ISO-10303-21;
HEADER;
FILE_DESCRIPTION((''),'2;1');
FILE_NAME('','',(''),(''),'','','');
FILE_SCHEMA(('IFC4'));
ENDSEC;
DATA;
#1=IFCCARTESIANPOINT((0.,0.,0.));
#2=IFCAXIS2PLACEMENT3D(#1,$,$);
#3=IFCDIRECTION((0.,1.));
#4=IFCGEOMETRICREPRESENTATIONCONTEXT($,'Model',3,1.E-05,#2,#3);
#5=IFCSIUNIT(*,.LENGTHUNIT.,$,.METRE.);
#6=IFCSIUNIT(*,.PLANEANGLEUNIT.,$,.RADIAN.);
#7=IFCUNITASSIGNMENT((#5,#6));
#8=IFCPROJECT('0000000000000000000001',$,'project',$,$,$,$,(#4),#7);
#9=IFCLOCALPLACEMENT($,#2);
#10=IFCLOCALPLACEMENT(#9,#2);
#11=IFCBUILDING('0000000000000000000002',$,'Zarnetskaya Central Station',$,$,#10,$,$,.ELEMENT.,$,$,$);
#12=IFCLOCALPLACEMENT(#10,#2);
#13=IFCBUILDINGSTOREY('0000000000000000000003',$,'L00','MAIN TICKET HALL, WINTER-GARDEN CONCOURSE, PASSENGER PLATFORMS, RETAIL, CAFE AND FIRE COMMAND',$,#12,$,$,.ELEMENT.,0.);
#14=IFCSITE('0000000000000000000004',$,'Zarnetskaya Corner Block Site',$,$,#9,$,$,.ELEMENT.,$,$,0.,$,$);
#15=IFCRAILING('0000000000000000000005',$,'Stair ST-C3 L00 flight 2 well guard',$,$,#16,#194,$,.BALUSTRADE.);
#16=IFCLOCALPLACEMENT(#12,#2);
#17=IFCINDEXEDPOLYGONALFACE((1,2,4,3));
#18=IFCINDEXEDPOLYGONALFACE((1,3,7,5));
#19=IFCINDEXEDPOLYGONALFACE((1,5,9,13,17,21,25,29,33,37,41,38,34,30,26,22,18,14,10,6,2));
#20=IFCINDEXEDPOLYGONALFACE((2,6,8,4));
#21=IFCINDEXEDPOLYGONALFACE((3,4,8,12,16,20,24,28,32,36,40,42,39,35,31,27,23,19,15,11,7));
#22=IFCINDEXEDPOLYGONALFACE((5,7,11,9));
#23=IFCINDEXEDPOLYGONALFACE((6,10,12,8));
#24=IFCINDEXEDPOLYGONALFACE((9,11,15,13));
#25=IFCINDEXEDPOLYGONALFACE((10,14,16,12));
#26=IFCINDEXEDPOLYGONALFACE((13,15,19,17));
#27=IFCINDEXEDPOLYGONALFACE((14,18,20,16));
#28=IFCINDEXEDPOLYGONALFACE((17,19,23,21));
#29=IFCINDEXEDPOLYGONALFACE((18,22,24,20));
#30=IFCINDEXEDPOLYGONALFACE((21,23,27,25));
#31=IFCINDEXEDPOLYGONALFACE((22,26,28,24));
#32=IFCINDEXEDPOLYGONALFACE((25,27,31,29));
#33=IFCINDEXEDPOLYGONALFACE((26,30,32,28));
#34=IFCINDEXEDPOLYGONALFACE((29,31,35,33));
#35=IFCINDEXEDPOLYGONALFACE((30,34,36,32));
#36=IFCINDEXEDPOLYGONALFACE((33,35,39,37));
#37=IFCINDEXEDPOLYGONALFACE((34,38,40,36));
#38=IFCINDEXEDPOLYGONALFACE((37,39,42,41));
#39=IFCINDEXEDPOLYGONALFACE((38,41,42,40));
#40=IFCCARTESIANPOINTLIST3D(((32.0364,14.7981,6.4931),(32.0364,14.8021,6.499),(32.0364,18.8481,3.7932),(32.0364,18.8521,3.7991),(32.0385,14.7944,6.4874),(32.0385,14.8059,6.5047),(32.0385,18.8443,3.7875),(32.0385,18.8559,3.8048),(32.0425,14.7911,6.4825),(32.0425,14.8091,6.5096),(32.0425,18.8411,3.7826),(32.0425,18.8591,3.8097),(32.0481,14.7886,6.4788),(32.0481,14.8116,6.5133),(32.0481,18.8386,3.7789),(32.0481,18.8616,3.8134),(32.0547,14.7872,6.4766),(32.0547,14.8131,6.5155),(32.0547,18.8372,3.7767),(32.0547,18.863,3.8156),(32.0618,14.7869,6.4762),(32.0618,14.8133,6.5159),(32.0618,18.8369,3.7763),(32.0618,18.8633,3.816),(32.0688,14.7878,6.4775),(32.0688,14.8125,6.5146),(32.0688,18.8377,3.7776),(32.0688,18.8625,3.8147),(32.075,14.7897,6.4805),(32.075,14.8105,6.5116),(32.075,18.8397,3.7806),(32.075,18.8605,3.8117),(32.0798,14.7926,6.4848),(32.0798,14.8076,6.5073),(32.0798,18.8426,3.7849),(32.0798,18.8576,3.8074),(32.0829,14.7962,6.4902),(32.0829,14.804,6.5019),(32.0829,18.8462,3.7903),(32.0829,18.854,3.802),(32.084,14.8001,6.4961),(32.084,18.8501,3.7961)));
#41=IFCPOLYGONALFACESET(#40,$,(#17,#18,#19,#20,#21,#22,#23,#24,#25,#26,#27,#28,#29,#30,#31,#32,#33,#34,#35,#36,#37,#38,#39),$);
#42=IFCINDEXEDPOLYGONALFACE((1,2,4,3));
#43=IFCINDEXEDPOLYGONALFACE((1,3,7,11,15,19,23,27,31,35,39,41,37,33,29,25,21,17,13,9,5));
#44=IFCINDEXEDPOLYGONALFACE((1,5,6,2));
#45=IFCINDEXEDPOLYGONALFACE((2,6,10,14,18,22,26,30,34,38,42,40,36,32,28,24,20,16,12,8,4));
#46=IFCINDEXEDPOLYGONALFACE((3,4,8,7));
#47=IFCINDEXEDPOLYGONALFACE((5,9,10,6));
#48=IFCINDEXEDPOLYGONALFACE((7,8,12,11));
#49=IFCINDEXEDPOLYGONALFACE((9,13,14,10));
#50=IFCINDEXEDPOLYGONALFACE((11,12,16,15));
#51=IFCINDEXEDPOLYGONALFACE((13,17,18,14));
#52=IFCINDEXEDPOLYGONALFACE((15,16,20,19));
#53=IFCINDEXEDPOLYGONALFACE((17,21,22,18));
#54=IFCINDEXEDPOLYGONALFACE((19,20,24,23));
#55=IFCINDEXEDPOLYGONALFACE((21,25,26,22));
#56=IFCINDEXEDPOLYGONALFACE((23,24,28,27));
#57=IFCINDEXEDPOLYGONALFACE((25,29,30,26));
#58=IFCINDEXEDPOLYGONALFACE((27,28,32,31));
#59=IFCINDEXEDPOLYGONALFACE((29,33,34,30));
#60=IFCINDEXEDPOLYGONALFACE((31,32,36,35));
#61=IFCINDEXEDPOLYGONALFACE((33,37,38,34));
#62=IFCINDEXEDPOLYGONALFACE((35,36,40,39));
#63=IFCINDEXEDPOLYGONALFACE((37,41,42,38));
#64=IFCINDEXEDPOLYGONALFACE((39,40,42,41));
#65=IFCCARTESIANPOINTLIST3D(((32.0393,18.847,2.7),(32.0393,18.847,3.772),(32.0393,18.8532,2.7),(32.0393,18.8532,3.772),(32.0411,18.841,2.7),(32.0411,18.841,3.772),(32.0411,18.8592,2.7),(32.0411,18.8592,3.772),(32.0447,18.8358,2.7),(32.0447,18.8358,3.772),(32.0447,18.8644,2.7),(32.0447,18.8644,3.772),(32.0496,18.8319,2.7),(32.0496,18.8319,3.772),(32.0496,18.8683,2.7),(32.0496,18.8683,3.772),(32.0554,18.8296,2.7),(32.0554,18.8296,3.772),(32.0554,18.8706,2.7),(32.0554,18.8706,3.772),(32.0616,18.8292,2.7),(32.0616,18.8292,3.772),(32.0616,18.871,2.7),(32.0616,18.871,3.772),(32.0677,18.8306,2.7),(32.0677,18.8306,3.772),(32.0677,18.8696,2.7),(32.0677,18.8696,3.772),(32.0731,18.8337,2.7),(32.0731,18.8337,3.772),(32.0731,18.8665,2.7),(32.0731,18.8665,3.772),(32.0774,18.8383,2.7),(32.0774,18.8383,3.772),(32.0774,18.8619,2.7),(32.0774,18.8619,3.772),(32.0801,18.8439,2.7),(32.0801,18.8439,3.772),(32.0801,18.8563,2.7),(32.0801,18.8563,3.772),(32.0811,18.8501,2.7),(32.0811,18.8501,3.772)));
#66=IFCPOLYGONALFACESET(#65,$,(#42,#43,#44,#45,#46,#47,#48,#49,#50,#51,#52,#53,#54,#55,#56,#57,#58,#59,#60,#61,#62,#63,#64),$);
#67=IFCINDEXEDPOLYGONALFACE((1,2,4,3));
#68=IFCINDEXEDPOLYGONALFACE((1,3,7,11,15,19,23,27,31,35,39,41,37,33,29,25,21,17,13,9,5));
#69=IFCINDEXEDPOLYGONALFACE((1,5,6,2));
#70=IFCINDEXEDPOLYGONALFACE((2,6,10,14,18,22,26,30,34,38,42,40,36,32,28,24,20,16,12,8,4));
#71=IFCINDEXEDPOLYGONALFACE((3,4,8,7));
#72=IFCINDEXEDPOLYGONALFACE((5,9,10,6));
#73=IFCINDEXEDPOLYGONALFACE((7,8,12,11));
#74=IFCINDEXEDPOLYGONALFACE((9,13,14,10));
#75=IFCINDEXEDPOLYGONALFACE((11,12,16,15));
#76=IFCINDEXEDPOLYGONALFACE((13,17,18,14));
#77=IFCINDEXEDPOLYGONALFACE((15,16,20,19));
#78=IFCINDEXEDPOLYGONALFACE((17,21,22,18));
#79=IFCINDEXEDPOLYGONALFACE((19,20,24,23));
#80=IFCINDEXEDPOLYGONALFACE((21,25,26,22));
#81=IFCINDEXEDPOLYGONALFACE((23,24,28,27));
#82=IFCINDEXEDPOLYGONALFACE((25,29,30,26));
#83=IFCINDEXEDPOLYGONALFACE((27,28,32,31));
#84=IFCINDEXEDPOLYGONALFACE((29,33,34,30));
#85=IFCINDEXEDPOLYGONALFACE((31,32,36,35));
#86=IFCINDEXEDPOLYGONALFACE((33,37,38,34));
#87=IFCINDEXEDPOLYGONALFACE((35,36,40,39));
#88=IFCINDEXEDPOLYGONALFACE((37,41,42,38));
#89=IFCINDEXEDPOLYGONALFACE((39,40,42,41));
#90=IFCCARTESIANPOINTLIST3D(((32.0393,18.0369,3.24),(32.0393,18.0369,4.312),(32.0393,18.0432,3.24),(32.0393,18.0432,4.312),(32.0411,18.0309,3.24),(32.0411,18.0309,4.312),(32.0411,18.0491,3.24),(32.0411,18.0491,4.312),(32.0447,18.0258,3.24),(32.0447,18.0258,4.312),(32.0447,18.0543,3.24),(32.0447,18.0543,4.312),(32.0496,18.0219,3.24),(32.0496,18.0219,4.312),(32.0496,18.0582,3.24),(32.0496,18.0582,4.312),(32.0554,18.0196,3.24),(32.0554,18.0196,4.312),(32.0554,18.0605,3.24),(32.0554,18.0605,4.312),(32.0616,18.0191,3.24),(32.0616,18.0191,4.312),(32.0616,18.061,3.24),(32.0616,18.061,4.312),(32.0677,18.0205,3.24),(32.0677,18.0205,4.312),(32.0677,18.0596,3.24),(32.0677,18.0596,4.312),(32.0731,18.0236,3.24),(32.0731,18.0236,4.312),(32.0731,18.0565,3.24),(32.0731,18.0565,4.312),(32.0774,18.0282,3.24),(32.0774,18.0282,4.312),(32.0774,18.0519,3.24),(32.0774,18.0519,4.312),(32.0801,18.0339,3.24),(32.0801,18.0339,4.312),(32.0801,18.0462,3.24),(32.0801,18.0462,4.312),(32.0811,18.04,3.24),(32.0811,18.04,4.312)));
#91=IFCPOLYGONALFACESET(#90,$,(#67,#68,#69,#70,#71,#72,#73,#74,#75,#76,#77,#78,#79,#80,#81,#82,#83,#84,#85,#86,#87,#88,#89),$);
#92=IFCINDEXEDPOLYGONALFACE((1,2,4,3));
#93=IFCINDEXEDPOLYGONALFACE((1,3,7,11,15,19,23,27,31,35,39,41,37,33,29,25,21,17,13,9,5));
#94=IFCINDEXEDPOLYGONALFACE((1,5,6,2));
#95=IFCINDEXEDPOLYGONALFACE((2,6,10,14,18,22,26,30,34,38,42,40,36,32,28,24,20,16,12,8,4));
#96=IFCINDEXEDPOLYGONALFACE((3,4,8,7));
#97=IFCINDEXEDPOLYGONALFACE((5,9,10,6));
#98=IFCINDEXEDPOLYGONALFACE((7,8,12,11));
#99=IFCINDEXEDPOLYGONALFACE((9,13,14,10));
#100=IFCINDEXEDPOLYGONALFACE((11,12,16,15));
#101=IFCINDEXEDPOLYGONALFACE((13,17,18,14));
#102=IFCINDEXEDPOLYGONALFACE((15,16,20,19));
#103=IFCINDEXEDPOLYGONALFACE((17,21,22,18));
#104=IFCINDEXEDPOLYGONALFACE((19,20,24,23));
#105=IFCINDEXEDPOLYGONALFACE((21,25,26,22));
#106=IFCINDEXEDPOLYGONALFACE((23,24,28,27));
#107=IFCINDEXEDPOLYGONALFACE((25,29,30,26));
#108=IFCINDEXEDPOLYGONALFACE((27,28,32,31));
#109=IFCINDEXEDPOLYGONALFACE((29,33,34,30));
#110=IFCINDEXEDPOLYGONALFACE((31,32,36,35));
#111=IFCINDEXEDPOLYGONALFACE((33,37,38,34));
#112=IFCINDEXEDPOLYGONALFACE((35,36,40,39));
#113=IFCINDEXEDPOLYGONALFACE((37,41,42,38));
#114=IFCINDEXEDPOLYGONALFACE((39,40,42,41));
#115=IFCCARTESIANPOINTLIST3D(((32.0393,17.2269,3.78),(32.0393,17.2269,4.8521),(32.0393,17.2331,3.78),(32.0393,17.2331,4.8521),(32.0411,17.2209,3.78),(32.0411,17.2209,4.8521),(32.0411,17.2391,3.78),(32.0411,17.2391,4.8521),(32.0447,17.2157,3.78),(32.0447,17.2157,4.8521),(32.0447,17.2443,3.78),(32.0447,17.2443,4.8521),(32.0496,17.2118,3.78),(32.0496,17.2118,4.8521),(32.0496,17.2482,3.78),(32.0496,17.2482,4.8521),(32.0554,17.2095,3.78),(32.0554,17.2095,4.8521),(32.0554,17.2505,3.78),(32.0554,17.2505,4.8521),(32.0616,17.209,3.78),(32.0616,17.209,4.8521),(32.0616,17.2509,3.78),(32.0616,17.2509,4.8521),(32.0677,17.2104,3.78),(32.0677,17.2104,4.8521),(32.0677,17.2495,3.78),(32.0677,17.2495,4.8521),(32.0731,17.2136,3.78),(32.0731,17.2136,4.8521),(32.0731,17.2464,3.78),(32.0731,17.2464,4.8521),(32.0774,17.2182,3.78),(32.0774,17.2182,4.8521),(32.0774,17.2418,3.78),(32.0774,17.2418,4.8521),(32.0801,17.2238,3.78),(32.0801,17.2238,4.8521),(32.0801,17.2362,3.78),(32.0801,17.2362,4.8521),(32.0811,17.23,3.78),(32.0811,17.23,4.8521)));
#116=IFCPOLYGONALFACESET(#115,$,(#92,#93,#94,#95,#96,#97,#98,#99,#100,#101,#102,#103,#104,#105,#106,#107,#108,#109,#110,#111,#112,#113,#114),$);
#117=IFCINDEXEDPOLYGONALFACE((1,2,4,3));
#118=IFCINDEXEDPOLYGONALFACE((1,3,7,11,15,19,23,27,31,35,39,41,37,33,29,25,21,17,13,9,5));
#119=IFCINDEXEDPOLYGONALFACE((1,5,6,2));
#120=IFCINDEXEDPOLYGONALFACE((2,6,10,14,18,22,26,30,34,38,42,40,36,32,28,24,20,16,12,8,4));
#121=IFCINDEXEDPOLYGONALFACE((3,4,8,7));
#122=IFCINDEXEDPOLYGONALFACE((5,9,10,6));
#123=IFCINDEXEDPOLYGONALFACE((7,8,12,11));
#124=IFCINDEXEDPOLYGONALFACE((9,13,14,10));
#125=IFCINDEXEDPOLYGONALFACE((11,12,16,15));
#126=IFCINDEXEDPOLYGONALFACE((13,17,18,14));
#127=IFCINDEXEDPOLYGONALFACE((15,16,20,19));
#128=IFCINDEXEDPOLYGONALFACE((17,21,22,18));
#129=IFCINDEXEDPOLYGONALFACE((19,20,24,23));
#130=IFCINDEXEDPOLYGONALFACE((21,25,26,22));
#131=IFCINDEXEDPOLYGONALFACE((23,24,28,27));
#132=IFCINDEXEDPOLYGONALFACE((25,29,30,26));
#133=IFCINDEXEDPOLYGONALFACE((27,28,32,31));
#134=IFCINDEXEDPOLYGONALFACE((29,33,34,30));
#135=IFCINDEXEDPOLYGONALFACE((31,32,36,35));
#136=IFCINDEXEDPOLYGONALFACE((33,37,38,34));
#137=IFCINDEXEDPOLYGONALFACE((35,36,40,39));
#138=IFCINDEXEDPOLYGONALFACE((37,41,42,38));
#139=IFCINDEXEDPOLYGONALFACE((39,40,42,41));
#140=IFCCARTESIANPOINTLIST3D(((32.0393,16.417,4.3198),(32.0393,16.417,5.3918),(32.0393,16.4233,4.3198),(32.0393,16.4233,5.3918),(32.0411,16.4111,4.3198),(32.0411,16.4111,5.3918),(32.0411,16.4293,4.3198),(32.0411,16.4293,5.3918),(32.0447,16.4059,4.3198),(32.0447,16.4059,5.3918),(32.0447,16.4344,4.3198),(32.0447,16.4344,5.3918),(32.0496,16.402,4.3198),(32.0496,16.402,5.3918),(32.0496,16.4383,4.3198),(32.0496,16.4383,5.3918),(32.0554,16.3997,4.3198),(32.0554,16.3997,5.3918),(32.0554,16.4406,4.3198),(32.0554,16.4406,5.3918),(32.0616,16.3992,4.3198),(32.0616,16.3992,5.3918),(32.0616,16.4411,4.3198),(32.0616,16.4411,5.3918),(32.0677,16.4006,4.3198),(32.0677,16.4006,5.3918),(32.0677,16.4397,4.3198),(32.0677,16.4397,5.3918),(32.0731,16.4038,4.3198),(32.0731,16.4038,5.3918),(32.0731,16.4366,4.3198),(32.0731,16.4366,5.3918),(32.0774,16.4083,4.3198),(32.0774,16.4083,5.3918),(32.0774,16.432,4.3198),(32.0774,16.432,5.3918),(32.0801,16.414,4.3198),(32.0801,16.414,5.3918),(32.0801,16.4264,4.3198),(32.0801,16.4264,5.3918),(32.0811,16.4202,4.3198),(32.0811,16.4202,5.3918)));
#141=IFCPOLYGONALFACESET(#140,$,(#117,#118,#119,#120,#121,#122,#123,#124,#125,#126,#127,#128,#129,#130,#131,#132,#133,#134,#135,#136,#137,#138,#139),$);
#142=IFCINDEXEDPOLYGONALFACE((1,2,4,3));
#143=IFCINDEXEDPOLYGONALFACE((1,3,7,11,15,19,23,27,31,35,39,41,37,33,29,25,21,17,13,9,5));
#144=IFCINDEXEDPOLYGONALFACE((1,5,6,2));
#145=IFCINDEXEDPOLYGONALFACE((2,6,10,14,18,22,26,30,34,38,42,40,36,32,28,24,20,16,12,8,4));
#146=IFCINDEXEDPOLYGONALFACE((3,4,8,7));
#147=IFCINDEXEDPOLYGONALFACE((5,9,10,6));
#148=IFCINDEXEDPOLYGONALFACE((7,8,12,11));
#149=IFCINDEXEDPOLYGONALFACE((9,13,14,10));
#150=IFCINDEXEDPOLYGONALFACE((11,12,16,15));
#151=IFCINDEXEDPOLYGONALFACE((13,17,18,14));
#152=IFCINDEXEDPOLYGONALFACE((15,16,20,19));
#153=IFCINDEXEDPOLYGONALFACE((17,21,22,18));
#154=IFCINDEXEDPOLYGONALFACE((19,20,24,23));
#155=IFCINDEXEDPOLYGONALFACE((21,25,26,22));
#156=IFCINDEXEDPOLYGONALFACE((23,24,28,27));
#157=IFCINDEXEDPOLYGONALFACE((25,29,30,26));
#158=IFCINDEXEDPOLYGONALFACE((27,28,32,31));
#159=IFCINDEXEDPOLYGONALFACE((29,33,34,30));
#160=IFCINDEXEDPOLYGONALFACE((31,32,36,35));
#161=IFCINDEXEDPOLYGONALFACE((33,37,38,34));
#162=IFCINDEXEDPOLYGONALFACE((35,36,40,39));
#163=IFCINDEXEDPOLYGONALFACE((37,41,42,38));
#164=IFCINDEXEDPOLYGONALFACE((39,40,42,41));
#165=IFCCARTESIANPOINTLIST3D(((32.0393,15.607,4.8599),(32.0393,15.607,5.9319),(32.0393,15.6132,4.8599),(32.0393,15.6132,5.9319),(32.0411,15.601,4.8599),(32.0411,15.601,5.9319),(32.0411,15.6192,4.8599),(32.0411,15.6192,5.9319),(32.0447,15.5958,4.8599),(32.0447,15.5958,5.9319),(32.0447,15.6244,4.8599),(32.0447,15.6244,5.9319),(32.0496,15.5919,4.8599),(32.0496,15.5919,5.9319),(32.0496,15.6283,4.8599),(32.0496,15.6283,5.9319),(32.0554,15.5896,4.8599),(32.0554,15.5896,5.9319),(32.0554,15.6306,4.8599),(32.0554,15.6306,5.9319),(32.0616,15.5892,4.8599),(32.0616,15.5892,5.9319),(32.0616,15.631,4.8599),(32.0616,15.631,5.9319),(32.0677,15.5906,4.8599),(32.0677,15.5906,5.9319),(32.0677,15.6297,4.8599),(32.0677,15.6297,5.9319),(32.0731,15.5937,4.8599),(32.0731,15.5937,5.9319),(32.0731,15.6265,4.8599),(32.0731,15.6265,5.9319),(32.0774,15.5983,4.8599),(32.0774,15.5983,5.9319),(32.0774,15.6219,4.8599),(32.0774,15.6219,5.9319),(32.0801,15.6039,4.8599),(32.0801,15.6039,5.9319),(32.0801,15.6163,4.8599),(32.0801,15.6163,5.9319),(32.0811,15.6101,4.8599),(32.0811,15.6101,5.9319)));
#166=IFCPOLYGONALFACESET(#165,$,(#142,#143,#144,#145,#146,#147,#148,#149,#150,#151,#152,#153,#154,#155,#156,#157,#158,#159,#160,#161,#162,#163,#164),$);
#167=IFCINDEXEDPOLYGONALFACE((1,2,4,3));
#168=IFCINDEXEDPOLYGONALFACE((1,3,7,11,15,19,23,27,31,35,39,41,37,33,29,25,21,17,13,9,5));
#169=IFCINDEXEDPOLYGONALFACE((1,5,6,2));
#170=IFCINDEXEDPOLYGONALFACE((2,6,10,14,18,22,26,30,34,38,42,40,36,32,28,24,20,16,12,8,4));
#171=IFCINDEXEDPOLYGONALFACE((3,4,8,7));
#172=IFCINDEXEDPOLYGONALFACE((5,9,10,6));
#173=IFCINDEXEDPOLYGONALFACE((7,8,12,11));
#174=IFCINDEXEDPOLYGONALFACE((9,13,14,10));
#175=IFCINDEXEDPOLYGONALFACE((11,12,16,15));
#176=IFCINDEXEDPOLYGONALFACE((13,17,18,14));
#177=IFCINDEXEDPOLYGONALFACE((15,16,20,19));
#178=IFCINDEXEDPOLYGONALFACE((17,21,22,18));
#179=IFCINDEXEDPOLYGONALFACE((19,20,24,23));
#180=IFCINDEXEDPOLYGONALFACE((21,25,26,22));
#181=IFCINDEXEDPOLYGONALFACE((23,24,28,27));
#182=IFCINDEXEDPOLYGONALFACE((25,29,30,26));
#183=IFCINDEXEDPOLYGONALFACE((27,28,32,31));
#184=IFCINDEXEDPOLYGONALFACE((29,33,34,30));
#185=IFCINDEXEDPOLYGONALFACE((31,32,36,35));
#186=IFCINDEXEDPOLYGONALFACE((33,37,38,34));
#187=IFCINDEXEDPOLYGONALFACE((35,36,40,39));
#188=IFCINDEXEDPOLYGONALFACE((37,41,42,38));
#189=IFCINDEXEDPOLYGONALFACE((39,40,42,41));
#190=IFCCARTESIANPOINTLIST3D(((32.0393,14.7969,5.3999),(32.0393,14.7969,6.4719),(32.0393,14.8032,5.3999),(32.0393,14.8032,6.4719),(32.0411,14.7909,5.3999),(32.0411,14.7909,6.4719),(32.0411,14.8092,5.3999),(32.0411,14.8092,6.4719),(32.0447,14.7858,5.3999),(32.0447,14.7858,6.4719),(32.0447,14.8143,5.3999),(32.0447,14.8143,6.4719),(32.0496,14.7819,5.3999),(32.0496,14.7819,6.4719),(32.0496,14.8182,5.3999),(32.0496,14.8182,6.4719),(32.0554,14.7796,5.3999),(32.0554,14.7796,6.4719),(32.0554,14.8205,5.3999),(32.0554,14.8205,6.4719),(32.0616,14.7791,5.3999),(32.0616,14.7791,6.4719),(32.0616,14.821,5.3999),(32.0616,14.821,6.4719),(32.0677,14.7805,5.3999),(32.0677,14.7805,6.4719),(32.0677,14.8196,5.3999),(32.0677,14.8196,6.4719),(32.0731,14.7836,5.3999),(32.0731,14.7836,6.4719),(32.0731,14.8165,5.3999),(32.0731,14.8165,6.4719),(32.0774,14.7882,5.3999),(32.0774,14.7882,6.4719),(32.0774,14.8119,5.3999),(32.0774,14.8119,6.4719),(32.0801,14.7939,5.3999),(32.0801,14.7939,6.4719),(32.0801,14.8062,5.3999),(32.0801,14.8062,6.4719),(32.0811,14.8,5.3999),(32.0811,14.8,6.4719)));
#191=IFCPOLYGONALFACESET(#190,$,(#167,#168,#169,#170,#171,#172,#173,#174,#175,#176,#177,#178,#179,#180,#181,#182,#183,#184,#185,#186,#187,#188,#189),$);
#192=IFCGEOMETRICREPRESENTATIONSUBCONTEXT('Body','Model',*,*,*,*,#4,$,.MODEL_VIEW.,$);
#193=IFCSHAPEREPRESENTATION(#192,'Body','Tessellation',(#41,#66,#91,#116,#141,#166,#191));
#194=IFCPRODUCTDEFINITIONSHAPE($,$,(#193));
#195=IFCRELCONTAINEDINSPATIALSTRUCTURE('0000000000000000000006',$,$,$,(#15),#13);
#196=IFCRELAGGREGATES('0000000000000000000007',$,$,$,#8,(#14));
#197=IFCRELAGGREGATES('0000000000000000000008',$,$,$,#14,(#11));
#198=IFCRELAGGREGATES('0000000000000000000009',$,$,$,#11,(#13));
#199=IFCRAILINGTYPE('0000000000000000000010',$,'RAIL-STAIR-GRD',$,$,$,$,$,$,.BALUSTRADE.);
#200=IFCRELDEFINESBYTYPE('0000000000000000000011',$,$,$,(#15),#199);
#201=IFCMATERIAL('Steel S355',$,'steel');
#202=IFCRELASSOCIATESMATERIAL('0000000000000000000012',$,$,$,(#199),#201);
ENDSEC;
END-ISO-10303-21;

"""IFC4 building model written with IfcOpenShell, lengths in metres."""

from ifc_helpers import new_model, si_unit, direction, frame, origin, origin_2d, place, context, subcontext, project, spatial, circle, extrude, material, type_object, element, save


model = new_model("IFC4")

# Units and contexts
model_context = context("Model", 3, precision=1e-05, world=origin(), true_north=direction((0.0, 1.0)))
body_context = subcontext(model_context, "Body", "Model", "MODEL_VIEW")
ifc_project = project(units=[si_unit("LENGTHUNIT", "METRE"), si_unit("PLANEANGLEUNIT", "RADIAN")], contexts=[model_context])

# Site, building, storey
site_placement = place(None, origin())
site = spatial("IfcSite", under=ifc_project, at=site_placement, Name="Zarnetskaya Corner Block Site", CompositionType="ELEMENT", RefElevation=0.0)
building_placement = place(site_placement, origin())
building = spatial("IfcBuilding", under=site, at=building_placement, Name="Zarnetskaya Central Station", CompositionType="ELEMENT")
storey_placement = place(building_placement, origin())
storey = spatial("IfcBuildingStorey", under=building, at=storey_placement, Name="L00", Description="MAIN TICKET HALL, WINTER-GARDEN CONCOURSE, PASSENGER PLATFORMS, RETAIL, CAFE AND FIRE COMMAND", CompositionType="ELEMENT", Elevation=0.0)

# Shared definitions
ifc_material_1 = material(Name="Steel S355", Category="steel")

# Railing
railing_type_1 = type_object("IfcRailingType", Name="RAIL-STAIR-GRD", PredefinedType="BALUSTRADE", material=ifc_material_1)
railing_1_placement = place(storey_placement, frame((32.0601, 18.8501, 2.7)))
element("IfcRailing", 1, at=railing_1_placement, inside=storey, type_object=railing_type_1, Name="Stair ST-C3 L00 flight 2 well guard", PredefinedType="BALUSTRADE", context=body_context, shape_type="SweptSolid", body=[
    extrude(circle(Radius=0.0239, at=origin_2d()), frame((0.0, 0.0, 1.0962), z_axis=(0.0, -0.832058, 0.554689), x_axis=(1.0, 0.0, 0.0)), (0.0, 0.0, 1.0), 4.8674),
    extrude(circle(Radius=0.021, at=origin_2d()), origin(), (0.0, 0.0, 1.0), 1.072),
    extrude(circle(Radius=0.021, at=origin_2d()), frame((0.0, -0.8101, 0.54)), (0.0, 0.0, 1.0), 1.072),
    extrude(circle(Radius=0.021, at=origin_2d()), frame((0.0, -1.6201, 1.0801)), (0.0, 0.0, 1.0), 1.072),
    extrude(circle(Radius=0.021, at=origin_2d()), frame((0.0, -2.4299, 1.6199)), (0.0, 0.0, 1.0), 1.072),
    extrude(circle(Radius=0.021, at=origin_2d()), frame((0.0, -3.24, 2.1599)), (0.0, 0.0, 1.0), 1.072),
    extrude(circle(Radius=0.021, at=origin_2d()), frame((0.0, -4.05, 2.7)), (0.0, 0.0, 1.0), 1.072),
])

save(model, "model.ifc")
